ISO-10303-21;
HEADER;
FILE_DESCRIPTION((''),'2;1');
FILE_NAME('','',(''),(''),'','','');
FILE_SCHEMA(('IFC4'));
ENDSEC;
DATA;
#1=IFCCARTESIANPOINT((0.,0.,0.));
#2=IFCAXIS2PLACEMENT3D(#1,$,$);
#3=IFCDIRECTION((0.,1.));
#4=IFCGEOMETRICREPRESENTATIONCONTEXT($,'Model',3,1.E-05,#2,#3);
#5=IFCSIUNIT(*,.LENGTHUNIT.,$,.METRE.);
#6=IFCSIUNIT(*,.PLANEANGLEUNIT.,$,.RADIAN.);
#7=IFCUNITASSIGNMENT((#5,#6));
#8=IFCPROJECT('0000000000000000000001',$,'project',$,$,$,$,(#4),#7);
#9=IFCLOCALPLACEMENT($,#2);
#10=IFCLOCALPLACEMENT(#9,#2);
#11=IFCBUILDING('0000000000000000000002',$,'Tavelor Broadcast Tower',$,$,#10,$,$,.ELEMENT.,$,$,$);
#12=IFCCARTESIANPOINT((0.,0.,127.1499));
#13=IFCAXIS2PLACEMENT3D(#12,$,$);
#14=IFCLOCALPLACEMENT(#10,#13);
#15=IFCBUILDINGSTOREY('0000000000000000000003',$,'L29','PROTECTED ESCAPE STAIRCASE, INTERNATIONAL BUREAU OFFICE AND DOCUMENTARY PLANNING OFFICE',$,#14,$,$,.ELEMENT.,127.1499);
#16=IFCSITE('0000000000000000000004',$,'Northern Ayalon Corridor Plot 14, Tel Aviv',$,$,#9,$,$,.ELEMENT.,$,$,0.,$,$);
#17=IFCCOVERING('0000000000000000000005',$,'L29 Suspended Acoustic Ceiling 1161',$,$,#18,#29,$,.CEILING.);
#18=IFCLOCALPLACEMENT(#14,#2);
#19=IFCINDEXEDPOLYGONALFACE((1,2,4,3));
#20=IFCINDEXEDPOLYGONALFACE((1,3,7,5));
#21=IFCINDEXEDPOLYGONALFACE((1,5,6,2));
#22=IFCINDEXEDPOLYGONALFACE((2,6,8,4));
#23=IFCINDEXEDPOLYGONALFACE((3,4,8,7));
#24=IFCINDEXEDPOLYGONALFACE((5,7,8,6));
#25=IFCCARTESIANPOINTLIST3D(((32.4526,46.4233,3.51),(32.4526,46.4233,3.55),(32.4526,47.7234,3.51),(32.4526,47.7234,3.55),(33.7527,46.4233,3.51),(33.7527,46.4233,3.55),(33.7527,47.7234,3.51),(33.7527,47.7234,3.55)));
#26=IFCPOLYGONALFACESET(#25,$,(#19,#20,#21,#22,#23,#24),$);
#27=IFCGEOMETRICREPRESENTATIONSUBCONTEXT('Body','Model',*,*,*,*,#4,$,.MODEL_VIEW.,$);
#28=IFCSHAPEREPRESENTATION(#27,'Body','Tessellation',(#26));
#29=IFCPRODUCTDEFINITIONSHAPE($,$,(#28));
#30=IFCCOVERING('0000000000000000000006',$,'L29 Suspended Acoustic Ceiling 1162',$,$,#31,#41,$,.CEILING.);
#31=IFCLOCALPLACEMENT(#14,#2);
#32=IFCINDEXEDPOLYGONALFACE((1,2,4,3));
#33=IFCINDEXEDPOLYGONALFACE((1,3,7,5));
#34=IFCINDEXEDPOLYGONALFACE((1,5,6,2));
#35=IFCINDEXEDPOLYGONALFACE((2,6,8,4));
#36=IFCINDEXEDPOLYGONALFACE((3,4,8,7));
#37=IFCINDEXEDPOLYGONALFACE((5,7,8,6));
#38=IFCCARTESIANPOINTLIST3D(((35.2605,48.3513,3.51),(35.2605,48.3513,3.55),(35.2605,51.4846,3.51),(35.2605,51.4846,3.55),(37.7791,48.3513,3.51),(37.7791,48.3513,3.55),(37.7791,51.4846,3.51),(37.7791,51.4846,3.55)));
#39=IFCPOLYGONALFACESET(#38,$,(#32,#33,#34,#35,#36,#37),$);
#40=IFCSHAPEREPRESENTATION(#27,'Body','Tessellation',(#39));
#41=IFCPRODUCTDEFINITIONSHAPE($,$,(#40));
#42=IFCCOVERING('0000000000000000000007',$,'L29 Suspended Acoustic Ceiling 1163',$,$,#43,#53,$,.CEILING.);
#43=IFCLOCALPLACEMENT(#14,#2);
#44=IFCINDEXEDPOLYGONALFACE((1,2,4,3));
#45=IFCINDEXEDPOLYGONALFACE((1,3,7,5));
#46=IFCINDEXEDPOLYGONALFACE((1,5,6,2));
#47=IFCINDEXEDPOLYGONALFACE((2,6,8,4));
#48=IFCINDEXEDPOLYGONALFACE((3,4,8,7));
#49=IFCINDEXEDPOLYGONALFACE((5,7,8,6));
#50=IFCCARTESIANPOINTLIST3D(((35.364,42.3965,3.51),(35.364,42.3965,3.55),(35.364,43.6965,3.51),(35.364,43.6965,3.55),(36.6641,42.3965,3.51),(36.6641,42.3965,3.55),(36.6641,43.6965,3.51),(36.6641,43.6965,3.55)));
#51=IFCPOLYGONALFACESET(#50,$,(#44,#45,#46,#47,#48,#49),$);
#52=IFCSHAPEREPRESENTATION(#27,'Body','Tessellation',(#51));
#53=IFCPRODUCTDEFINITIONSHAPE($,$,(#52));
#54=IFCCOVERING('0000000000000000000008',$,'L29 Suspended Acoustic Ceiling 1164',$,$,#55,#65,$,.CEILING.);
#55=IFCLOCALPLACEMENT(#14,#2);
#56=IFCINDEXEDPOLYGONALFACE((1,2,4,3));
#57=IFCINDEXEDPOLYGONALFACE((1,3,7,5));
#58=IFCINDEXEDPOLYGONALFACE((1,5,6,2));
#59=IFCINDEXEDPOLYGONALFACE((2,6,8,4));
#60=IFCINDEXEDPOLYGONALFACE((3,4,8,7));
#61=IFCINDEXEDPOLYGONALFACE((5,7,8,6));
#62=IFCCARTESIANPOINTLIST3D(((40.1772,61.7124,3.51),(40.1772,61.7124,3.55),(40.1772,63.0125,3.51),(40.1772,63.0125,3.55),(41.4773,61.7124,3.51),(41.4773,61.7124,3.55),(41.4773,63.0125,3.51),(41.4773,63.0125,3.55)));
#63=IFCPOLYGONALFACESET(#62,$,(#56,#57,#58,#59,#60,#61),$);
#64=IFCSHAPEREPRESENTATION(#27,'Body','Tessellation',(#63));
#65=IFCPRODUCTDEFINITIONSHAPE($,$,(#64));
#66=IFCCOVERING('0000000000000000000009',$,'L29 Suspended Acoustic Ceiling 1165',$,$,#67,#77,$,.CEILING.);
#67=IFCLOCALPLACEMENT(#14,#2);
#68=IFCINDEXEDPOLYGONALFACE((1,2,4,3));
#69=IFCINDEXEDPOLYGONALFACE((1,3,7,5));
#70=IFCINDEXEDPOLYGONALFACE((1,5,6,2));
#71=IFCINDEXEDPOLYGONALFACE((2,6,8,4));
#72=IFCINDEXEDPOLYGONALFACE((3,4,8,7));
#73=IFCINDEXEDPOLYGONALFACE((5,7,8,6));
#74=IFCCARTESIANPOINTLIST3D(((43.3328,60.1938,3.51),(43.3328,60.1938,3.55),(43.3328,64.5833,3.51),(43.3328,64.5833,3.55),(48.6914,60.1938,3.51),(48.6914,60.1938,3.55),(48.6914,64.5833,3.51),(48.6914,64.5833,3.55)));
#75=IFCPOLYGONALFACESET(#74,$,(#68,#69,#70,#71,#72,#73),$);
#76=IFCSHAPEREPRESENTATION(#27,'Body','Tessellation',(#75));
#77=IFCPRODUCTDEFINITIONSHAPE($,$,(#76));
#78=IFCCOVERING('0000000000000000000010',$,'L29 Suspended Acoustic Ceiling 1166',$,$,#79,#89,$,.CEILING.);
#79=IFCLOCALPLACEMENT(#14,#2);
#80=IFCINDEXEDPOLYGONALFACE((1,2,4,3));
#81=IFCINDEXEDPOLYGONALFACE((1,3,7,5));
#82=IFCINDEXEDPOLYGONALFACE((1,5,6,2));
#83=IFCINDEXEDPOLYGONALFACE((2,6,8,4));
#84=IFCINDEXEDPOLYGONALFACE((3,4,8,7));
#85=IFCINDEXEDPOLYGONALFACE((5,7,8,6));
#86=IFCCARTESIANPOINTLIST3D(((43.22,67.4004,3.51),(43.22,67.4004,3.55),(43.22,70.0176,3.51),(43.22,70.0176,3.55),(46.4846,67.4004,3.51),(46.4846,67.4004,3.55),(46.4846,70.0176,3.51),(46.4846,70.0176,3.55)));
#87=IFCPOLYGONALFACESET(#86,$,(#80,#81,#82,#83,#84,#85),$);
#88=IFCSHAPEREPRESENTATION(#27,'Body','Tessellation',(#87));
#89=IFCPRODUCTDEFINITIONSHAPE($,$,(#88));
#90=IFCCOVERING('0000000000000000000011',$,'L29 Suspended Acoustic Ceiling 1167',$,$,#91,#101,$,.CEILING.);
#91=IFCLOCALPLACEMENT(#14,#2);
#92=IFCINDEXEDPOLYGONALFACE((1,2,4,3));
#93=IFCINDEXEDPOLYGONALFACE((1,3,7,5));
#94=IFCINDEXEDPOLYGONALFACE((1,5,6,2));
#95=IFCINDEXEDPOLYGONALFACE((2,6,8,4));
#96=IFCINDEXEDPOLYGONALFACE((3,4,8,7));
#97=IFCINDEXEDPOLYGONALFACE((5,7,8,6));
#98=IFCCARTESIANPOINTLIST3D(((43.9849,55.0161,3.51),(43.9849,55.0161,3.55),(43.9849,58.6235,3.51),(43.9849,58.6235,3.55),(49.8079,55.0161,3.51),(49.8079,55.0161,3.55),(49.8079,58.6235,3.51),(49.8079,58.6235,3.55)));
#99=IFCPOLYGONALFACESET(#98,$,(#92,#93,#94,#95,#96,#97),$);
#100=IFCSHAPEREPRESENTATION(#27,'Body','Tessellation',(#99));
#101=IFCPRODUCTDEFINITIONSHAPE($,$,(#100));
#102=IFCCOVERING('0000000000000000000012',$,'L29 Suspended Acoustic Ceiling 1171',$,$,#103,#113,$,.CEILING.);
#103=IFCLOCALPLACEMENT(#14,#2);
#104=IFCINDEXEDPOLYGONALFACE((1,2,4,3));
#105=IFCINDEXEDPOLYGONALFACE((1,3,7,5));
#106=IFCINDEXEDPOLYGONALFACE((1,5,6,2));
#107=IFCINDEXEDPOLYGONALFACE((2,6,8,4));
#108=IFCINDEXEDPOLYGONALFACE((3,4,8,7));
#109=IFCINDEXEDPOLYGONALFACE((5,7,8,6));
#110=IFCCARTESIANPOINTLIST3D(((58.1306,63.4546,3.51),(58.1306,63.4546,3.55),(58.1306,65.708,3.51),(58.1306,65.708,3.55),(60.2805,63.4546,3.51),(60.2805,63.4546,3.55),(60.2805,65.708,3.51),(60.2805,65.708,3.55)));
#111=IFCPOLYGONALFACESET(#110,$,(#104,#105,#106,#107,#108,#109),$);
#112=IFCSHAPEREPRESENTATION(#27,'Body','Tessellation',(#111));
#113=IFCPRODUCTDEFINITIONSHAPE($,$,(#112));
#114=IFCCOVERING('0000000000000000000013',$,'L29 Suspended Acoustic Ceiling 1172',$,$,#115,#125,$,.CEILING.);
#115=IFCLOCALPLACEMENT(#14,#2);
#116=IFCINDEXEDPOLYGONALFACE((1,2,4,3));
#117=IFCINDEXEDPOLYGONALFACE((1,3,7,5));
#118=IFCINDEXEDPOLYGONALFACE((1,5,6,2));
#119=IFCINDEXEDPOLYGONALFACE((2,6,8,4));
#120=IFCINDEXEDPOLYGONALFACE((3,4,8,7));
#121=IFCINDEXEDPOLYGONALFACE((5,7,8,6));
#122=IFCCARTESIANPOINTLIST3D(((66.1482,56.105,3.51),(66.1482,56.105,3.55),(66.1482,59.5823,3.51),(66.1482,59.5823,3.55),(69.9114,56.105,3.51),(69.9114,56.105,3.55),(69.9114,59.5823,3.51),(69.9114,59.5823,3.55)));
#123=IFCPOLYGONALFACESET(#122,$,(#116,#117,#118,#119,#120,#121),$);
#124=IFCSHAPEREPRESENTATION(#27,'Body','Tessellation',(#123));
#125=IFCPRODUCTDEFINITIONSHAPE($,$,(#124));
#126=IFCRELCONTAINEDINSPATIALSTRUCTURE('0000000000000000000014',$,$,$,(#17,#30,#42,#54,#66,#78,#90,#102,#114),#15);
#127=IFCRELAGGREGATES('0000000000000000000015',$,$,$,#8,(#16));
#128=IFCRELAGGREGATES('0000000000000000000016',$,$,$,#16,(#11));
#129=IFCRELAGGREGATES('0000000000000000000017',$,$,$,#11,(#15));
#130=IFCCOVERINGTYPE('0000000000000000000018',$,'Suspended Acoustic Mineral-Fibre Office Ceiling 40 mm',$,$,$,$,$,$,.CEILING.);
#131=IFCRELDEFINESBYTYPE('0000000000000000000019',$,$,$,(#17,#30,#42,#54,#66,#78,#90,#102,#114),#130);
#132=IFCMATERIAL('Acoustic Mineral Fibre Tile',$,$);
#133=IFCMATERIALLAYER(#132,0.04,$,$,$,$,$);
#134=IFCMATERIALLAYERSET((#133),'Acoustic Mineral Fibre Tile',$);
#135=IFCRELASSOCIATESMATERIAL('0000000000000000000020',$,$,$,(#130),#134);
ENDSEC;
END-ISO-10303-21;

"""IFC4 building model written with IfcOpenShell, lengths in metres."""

from ifc_helpers import new_model, si_unit, direction, frame, origin, place, context, subcontext, project, spatial, polyline, outline, extrude, material, layer, layer_set, type_object, element, save


model = new_model("IFC4")

# Units and contexts
model_context = context("Model", 3, precision=1e-05, world=origin(), true_north=direction((0.0, 1.0)))
body_context = subcontext(model_context, "Body", "Model", "MODEL_VIEW")
ifc_project = project(units=[si_unit("LENGTHUNIT", "METRE"), si_unit("PLANEANGLEUNIT", "RADIAN")], contexts=[model_context])

# Site, building, storey
site_placement = place(None, origin())
site = spatial("IfcSite", under=ifc_project, at=site_placement, Name="Northern Ayalon Corridor Plot 14, Tel Aviv", CompositionType="ELEMENT", RefElevation=0.0)
building_placement = place(site_placement, origin())
building = spatial("IfcBuilding", under=site, at=building_placement, Name="Tavelor Broadcast Tower", CompositionType="ELEMENT")
storey_placement = place(building_placement, frame((0.0, 0.0, 127.1499)))
storey = spatial("IfcBuildingStorey", under=building, at=storey_placement, Name="L29", Description="PROTECTED ESCAPE STAIRCASE, INTERNATIONAL BUREAU OFFICE AND DOCUMENTARY PLANNING OFFICE", CompositionType="ELEMENT", Elevation=127.1499)

# Coverings
ifc_material_1 = material(Name="Acoustic Mineral Fibre Tile")
ifc_layer_1 = layer(ifc_material_1, 0.04)
ifc_layer_set_1 = layer_set([ifc_layer_1], Name="Acoustic Mineral Fibre Tile")
covering_type_1 = type_object("IfcCoveringType", Name="Suspended Acoustic Mineral-Fibre Office Ceiling 40 mm", PredefinedType="CEILING", material=ifc_layer_set_1)
covering_1_placement = place(storey_placement, frame((0.0, 0.0, 3.51)))
element("IfcCovering", 1, at=covering_1_placement, inside=storey, type_object=covering_type_1, Name="L29 Suspended Acoustic Ceiling 1161", PredefinedType="CEILING", context=body_context, shape_type="SweptSolid", body=[
    extrude(outline(polyline([(32.4526, 46.4233), (33.7527, 46.4233), (33.7527, 47.7234), (32.4526, 47.7234), (32.4526, 46.4233)])), origin(), (0.0, 0.0, 1.0), 0.04),
])
covering_2_placement = place(storey_placement, frame((0.0, 0.0, 3.51)))
element("IfcCovering", 2, at=covering_2_placement, inside=storey, type_object=covering_type_1, Name="L29 Suspended Acoustic Ceiling 1162", PredefinedType="CEILING", context=body_context, shape_type="SweptSolid", body=[
    extrude(outline(polyline([(35.2605, 48.3513), (37.7791, 48.3513), (37.7791, 51.4846), (35.2605, 51.4846), (35.2605, 48.3513)])), origin(), (0.0, 0.0, 1.0), 0.04),
])
covering_3_placement = place(storey_placement, frame((0.0, 0.0, 3.51)))
element("IfcCovering", 3, at=covering_3_placement, inside=storey, type_object=covering_type_1, Name="L29 Suspended Acoustic Ceiling 1163", PredefinedType="CEILING", context=body_context, shape_type="SweptSolid", body=[
    extrude(outline(polyline([(35.364, 42.3965), (36.6641, 42.3965), (36.6641, 43.6965), (35.364, 43.6965), (35.364, 42.3965)])), origin(), (0.0, 0.0, 1.0), 0.04),
])
covering_4_placement = place(storey_placement, frame((0.0, 0.0, 3.51)))
element("IfcCovering", 4, at=covering_4_placement, inside=storey, type_object=covering_type_1, Name="L29 Suspended Acoustic Ceiling 1164", PredefinedType="CEILING", context=body_context, shape_type="SweptSolid", body=[
    extrude(outline(polyline([(40.1772, 61.7124), (41.4773, 61.7124), (41.4773, 63.0125), (40.1772, 63.0125), (40.1772, 61.7124)])), origin(), (0.0, 0.0, 1.0), 0.04),
])
covering_5_placement = place(storey_placement, frame((0.0, 0.0, 3.51)))
element("IfcCovering", 5, at=covering_5_placement, inside=storey, type_object=covering_type_1, Name="L29 Suspended Acoustic Ceiling 1165", PredefinedType="CEILING", context=body_context, shape_type="SweptSolid", body=[
    extrude(outline(polyline([(43.3328, 60.1938), (48.6914, 60.1938), (48.6914, 64.5833), (43.3328, 64.5833), (43.3328, 60.1938)])), origin(), (0.0, 0.0, 1.0), 0.04),
])
covering_6_placement = place(storey_placement, frame((0.0, 0.0, 3.51)))
element("IfcCovering", 6, at=covering_6_placement, inside=storey, type_object=covering_type_1, Name="L29 Suspended Acoustic Ceiling 1166", PredefinedType="CEILING", context=body_context, shape_type="SweptSolid", body=[
    extrude(outline(polyline([(43.22, 67.4004), (46.4846, 67.4004), (46.4846, 70.0176), (43.22, 70.0176), (43.22, 67.4004)])), origin(), (0.0, 0.0, 1.0), 0.04),
])
covering_7_placement = place(storey_placement, frame((0.0, 0.0, 3.51)))
element("IfcCovering", 7, at=covering_7_placement, inside=storey, type_object=covering_type_1, Name="L29 Suspended Acoustic Ceiling 1167", PredefinedType="CEILING", context=body_context, shape_type="SweptSolid", body=[
    extrude(outline(polyline([(43.9849, 55.0161), (49.8079, 55.0161), (49.8079, 58.6235), (43.9849, 58.6235), (43.9849, 55.0161)])), origin(), (0.0, 0.0, 1.0), 0.04),
])
covering_8_placement = place(storey_placement, frame((0.0, 0.0, 3.51)))
element("IfcCovering", 8, at=covering_8_placement, inside=storey, type_object=covering_type_1, Name="L29 Suspended Acoustic Ceiling 1171", PredefinedType="CEILING", context=body_context, shape_type="SweptSolid", body=[
    extrude(outline(polyline([(58.1306, 63.4546), (60.2805, 63.4546), (60.2805, 65.708), (58.1306, 65.708), (58.1306, 63.4546)])), origin(), (0.0, 0.0, 1.0), 0.04),
])
covering_9_placement = place(storey_placement, frame((0.0, 0.0, 3.51)))
element("IfcCovering", 9, at=covering_9_placement, inside=storey, type_object=covering_type_1, Name="L29 Suspended Acoustic Ceiling 1172", PredefinedType="CEILING", context=body_context, shape_type="SweptSolid", body=[
    extrude(outline(polyline([(66.1482, 56.105), (69.9114, 56.105), (69.9114, 59.5823), (66.1482, 59.5823), (66.1482, 56.105)])), origin(), (0.0, 0.0, 1.0), 0.04),
])

save(model, "model.ifc")
